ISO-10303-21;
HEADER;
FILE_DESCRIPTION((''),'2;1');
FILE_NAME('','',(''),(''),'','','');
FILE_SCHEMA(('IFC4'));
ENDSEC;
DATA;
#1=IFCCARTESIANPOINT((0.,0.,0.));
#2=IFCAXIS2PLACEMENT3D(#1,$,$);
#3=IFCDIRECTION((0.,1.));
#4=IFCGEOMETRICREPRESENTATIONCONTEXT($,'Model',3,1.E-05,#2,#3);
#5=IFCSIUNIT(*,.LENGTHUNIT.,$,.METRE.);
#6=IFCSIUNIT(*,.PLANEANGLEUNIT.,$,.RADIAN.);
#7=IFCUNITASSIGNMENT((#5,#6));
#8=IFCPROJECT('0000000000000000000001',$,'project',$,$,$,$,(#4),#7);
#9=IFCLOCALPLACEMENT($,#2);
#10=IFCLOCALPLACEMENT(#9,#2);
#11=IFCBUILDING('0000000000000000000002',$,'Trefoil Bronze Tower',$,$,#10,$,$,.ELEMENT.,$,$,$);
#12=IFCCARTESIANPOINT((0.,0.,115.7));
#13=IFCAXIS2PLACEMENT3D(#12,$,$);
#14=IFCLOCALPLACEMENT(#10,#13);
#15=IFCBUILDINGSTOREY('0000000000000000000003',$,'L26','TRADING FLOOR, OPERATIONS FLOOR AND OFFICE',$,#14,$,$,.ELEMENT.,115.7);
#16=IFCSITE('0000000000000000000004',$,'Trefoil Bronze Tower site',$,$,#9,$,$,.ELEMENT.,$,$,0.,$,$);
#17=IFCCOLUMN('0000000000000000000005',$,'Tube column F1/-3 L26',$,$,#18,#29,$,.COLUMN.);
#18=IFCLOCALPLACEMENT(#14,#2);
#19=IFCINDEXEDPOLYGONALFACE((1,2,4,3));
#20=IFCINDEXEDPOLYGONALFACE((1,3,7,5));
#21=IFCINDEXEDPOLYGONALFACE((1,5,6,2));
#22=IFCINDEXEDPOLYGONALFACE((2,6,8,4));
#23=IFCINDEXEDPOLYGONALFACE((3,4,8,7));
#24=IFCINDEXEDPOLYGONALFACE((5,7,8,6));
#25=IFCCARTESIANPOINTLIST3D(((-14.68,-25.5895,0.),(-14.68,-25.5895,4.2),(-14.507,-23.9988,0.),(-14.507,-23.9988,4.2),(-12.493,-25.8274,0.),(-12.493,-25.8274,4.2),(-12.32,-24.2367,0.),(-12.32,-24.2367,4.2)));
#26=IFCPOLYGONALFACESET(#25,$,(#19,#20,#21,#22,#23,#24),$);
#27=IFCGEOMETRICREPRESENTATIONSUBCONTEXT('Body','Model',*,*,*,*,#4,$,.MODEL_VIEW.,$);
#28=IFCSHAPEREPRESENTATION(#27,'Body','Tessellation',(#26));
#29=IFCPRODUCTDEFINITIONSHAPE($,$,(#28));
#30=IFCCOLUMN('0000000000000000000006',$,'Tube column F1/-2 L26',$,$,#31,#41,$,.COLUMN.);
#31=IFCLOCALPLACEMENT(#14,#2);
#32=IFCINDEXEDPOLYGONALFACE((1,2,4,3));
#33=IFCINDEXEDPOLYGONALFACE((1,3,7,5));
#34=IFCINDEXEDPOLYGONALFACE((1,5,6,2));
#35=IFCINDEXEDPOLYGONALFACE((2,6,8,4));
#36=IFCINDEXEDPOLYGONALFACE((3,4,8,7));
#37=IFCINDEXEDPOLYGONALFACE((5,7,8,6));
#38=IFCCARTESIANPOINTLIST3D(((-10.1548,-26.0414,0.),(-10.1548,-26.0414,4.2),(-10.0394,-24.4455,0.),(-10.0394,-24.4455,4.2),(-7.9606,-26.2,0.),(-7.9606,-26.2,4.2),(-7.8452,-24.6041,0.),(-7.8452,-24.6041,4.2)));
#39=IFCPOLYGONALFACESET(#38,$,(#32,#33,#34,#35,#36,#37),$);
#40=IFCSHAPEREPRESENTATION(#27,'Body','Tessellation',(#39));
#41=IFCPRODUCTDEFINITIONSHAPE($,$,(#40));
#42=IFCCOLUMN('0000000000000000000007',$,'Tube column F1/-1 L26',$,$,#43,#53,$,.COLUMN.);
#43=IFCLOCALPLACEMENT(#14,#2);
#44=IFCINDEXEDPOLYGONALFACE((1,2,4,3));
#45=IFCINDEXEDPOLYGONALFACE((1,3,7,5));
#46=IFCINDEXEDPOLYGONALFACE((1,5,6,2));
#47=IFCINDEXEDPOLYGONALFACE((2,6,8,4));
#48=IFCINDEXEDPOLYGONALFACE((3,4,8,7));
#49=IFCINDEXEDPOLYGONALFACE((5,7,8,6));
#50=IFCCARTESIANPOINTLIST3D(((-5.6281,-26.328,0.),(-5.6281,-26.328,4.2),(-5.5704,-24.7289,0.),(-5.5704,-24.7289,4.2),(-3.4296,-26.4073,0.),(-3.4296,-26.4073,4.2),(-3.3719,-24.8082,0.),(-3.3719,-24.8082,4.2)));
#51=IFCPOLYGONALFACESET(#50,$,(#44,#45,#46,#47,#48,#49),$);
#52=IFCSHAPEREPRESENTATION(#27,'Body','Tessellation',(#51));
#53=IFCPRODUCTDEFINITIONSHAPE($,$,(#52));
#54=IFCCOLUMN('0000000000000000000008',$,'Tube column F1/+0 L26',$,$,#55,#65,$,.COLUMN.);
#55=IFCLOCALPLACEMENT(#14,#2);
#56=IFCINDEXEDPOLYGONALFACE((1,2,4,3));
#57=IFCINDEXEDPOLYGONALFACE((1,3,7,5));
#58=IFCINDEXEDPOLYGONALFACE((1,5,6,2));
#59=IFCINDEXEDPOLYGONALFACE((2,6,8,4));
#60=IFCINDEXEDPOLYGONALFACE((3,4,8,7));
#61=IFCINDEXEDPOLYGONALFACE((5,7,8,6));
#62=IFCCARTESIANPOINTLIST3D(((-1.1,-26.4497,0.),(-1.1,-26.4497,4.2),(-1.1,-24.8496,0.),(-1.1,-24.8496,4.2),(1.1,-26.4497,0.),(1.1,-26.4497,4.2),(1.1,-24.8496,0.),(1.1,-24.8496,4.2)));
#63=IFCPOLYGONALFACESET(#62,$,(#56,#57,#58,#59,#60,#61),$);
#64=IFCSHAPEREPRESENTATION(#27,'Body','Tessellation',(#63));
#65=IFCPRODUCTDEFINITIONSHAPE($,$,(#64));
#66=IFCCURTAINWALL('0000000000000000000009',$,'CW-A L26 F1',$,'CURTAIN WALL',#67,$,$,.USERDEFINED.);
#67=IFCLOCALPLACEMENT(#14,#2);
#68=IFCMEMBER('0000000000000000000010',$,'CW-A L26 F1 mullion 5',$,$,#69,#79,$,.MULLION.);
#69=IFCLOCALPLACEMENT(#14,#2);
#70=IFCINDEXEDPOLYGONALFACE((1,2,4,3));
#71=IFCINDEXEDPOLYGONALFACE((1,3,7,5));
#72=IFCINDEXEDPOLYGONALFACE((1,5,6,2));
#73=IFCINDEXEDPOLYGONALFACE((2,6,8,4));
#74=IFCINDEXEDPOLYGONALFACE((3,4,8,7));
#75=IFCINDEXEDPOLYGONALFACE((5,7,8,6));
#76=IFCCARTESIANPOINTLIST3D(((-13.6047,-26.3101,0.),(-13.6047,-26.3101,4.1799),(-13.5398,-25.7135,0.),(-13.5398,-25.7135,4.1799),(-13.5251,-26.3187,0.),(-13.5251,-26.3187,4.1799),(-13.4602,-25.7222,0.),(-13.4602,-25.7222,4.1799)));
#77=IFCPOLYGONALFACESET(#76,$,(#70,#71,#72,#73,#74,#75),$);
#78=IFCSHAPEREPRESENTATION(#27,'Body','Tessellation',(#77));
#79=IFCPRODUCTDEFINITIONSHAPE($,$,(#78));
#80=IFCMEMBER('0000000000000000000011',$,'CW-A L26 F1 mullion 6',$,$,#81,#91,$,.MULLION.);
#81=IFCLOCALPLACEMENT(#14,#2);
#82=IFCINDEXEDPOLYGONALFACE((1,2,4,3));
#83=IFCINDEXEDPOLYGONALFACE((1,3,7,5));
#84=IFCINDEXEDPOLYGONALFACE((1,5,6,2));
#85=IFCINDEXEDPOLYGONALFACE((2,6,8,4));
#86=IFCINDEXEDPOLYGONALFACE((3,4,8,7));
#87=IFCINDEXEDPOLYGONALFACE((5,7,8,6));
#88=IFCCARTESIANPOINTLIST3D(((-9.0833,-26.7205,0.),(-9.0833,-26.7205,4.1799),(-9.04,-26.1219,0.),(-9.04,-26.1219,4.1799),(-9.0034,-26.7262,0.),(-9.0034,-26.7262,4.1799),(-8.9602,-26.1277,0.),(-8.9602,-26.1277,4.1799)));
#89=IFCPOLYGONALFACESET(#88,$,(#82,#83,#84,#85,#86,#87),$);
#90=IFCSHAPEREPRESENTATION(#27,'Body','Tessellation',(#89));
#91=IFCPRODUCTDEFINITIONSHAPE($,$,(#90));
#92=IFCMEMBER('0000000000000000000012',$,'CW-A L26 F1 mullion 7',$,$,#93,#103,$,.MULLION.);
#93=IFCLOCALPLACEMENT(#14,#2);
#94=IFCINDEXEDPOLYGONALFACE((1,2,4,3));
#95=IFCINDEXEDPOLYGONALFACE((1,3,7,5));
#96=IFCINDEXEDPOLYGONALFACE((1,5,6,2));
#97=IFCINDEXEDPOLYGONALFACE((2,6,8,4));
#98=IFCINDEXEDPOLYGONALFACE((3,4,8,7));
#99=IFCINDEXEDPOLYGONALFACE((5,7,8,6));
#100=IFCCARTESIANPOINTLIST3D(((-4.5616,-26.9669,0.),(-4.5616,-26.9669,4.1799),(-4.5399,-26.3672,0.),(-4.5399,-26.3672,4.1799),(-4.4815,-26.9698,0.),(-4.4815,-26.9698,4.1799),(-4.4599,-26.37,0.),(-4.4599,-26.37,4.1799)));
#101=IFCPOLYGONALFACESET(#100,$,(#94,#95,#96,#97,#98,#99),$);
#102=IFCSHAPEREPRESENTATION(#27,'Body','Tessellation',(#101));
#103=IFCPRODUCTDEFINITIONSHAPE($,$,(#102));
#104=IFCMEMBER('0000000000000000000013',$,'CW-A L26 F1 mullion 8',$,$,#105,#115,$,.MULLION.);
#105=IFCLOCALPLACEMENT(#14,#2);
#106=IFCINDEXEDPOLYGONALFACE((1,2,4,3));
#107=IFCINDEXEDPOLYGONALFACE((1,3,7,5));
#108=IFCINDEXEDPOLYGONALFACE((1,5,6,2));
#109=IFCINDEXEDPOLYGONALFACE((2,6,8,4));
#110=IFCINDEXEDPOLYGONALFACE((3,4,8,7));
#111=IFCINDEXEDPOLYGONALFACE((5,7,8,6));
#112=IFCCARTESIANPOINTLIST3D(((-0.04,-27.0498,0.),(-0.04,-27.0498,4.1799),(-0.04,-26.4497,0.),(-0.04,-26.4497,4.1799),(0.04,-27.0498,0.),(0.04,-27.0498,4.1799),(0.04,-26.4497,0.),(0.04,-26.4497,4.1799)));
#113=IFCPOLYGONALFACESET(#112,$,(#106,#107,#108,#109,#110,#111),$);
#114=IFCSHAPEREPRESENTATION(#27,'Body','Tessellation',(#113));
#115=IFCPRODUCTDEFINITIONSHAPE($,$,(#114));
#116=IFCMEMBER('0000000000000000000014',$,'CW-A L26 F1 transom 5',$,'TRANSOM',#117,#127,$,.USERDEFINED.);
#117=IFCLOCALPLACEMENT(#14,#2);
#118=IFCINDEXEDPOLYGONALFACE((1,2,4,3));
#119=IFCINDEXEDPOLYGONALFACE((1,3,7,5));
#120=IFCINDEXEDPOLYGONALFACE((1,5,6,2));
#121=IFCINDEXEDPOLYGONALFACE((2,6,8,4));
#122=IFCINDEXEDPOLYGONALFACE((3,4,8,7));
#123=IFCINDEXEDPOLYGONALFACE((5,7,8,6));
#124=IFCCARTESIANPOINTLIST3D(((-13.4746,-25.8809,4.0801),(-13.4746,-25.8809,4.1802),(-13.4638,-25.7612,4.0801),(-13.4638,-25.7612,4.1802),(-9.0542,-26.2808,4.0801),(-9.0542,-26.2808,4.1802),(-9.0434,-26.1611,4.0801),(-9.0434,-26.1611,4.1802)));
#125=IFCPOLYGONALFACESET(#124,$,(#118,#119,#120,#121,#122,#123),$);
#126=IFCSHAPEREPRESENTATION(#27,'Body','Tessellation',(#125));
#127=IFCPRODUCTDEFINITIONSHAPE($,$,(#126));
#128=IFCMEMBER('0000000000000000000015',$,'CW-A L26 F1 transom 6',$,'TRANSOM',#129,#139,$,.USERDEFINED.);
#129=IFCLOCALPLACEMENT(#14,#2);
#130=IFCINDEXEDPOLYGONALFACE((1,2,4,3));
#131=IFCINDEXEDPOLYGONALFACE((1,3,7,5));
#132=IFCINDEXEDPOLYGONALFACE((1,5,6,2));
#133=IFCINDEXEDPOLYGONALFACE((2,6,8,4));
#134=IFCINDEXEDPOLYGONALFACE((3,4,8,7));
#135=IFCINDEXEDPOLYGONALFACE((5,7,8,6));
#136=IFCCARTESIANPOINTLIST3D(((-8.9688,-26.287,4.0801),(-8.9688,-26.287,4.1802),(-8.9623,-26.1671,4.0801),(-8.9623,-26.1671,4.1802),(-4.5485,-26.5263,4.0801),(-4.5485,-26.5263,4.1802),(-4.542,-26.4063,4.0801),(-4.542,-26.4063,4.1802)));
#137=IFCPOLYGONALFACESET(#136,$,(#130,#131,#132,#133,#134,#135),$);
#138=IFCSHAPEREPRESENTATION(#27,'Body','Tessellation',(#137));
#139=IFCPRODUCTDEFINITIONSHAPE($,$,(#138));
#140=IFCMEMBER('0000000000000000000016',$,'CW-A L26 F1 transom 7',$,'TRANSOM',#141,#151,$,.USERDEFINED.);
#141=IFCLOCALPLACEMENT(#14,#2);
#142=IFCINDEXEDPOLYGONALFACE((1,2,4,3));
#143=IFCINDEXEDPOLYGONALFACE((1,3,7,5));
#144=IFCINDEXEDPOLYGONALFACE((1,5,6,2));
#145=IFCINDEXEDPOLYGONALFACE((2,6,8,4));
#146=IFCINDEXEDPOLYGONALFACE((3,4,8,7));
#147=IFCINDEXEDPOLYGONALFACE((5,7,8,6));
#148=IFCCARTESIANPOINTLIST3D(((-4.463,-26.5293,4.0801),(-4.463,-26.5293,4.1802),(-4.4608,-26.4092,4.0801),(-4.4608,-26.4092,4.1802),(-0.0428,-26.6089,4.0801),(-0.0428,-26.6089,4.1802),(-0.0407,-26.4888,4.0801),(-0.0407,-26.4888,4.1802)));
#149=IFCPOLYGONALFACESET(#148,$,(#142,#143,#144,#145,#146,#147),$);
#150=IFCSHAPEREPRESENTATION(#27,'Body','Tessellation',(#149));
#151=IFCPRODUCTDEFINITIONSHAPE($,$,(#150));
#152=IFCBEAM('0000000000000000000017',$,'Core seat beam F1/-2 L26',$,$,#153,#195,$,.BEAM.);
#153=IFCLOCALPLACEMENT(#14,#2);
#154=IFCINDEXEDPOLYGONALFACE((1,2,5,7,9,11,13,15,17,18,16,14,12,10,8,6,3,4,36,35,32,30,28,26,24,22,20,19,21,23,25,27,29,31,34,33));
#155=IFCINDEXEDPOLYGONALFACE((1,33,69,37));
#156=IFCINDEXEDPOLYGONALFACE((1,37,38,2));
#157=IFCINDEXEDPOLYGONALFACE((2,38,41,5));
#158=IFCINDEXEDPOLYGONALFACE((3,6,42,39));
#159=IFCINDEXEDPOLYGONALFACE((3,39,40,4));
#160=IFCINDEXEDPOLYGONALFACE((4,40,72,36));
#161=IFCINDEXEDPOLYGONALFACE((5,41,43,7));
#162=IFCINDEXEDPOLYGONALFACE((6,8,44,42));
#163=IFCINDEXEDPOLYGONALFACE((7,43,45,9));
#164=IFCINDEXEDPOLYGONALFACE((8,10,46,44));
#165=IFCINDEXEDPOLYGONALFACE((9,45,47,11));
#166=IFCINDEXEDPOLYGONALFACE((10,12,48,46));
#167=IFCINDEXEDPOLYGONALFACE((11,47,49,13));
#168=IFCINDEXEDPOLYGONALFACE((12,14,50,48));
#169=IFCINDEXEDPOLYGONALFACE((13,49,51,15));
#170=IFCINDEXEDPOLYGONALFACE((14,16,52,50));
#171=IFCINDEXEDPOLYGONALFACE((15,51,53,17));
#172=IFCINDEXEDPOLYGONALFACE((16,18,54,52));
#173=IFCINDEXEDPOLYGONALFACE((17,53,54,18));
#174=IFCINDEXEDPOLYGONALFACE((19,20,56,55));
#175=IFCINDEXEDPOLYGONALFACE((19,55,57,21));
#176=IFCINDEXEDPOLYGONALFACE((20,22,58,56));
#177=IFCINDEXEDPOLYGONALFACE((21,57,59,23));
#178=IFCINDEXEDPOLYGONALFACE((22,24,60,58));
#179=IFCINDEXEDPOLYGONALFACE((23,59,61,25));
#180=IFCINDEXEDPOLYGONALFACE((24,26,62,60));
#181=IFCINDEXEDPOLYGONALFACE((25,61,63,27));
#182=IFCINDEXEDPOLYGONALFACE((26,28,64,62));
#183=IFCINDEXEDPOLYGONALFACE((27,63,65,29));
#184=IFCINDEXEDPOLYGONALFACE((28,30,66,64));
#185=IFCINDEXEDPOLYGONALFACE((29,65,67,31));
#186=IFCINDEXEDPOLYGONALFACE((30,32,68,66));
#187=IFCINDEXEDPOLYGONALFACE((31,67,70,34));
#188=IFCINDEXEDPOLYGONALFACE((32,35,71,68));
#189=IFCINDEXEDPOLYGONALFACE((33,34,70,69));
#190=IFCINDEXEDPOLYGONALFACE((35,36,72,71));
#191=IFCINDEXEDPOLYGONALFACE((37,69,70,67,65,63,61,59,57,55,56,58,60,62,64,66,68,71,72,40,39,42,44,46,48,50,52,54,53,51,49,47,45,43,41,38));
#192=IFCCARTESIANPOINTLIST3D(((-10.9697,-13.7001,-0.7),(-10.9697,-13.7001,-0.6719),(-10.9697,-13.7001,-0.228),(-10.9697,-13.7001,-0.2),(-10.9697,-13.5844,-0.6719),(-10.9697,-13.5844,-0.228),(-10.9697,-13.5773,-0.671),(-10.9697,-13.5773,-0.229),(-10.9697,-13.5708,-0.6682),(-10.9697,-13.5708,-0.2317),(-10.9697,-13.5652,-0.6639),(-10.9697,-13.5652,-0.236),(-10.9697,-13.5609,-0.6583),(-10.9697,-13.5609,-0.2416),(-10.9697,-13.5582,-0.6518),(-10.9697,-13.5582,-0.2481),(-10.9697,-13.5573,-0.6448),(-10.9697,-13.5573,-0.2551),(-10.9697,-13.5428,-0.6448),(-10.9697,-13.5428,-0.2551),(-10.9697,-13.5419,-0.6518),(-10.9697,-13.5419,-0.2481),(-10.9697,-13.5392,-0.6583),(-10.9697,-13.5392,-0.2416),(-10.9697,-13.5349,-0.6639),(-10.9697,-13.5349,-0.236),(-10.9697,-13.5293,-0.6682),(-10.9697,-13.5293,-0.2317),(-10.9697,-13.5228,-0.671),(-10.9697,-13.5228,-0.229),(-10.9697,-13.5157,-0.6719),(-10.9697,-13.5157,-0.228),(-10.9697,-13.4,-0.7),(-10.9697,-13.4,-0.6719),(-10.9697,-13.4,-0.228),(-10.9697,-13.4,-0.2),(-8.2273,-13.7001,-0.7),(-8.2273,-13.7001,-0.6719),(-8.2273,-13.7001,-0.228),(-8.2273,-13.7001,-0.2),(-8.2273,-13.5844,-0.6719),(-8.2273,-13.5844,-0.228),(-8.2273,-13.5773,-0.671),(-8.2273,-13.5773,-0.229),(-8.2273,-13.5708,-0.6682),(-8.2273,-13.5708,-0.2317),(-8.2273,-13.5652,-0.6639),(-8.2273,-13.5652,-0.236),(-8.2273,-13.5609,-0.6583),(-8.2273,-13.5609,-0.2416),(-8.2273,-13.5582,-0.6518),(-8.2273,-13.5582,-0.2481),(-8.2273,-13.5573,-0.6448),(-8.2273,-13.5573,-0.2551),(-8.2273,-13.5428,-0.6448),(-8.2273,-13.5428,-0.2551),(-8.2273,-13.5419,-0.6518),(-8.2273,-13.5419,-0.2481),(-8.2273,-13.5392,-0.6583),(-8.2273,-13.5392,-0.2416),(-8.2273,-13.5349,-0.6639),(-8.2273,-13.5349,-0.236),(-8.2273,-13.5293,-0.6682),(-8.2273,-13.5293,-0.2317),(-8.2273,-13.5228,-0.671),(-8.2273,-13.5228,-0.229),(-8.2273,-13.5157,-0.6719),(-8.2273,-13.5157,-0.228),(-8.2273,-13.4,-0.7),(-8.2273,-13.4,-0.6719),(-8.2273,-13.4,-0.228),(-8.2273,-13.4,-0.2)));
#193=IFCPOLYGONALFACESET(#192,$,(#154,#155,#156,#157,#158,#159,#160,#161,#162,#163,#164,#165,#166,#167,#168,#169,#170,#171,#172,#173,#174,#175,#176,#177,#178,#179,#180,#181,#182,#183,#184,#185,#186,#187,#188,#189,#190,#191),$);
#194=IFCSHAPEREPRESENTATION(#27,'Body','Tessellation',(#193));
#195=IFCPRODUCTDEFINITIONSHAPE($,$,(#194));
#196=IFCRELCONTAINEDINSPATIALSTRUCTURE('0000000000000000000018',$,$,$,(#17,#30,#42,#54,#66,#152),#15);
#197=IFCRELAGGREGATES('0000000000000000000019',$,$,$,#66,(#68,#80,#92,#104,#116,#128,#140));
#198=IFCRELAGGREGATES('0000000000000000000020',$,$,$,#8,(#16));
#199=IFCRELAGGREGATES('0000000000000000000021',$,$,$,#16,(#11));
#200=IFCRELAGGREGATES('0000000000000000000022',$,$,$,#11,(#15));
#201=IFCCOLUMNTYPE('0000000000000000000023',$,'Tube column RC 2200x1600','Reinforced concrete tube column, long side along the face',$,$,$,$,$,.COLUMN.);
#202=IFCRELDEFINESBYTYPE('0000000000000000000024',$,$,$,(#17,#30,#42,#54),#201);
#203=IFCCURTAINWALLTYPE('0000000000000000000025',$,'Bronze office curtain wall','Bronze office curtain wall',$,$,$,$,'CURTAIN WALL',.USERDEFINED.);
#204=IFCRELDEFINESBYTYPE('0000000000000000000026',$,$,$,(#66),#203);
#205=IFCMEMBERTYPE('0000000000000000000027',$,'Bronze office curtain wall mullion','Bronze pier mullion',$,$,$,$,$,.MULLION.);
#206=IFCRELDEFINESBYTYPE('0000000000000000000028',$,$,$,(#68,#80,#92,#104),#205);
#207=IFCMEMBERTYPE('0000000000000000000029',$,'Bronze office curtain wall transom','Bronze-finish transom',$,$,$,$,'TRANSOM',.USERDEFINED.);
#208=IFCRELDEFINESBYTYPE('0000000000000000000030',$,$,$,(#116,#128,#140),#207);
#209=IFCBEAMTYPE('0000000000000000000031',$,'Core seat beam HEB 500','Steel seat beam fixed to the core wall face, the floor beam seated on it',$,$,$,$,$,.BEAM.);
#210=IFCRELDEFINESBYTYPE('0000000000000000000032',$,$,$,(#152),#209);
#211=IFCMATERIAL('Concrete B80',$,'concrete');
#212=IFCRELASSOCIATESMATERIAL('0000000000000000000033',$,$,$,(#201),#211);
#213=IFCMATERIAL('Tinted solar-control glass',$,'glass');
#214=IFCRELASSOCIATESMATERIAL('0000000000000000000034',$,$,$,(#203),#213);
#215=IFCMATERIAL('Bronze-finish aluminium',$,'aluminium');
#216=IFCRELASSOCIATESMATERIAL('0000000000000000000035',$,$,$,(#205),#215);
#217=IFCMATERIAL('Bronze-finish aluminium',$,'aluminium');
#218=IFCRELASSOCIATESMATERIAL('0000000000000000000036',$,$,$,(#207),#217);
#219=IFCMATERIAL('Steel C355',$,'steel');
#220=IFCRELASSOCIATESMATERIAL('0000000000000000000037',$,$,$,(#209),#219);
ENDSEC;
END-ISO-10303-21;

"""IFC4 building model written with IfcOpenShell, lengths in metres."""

from ifc_helpers import new_model, si_unit, direction, frame, origin, origin_2d, place, context, subcontext, project, spatial, rectangle, i_section, extrude, material, material_profile, profile_set, type_object, element, aggregate, save


model = new_model("IFC4")

# Units and contexts
model_context = context("Model", 3, precision=1e-05, world=origin(), true_north=direction((0.0, 1.0)))
body_context = subcontext(model_context, "Body", "Model", "MODEL_VIEW")
ifc_project = project(units=[si_unit("LENGTHUNIT", "METRE"), si_unit("PLANEANGLEUNIT", "RADIAN")], contexts=[model_context])

# Site, building, storey
site_placement = place(None, origin())
site = spatial("IfcSite", under=ifc_project, at=site_placement, Name="Trefoil Bronze Tower site", CompositionType="ELEMENT", RefElevation=0.0)
building_placement = place(site_placement, origin())
building = spatial("IfcBuilding", under=site, at=building_placement, Name="Trefoil Bronze Tower", CompositionType="ELEMENT")
storey_placement = place(building_placement, frame((0.0, 0.0, 115.7)))
storey = spatial("IfcBuildingStorey", under=building, at=storey_placement, Name="L26", Description="TRADING FLOOR, OPERATIONS FLOOR AND OFFICE", CompositionType="ELEMENT", Elevation=115.7)

# Columns
ifc_material_1 = material(Name="Concrete B80", Category="concrete")
ifc_material_profile_1 = material_profile(ifc_material_1, rectangle(XDim=2.2, YDim=1.6001, at=origin_2d()), Name="RC 2200x1600")
ifc_profile_set_1 = profile_set([ifc_material_profile_1], Name="Concrete B80")
column_type = type_object("IfcColumnType", Name="Tube column RC 2200x1600", Description="Reinforced concrete tube column, long side along the face", PredefinedType="COLUMN", material=ifc_profile_set_1)
for number, where, z_axis, x_axis, name in (
    (1, (-13.5, -24.9131, 0.0), (0.0, 0.0, 1.0), (0.994135, -0.108144, 0.0), "Tube column F1/-3 L26"),
    (2, (-9.0, -25.3228, 0.0), (0.0, 0.0, 1.0), (0.997398, -0.072096, 0.0), "Tube column F1/-2 L26"),
    (3, (-4.5, -25.5681, 0.0), (0.0, 0.0, 1.0), (0.99935, -0.036048, 0.0), "Tube column F1/-1 L26"),
    (4, (0.0, -25.6497, 0.0), (0.0, 0.0, 1.0), (1.0, 0.0, 0.0), "Tube column F1/+0 L26"),
):
    element("IfcColumn", number, at=place(storey_placement, frame(where, z_axis=z_axis, x_axis=x_axis)), inside=storey, type_object=column_type, Name=name, PredefinedType="COLUMN", context=body_context, shape_type="SweptSolid", body=[
        extrude(rectangle(XDim=2.2, YDim=1.6001, at=origin_2d()), origin(), (0.0, 0.0, 1.0), 4.2),
    ])

# Curtain wall, members
ifc_material_2 = material(Name="Tinted solar-control glass", Category="glass")
curtain_wall_type = type_object("IfcCurtainWallType", Name="Bronze office curtain wall", Description="Bronze office curtain wall", ElementType="CURTAIN WALL", PredefinedType="USERDEFINED", material=ifc_material_2)
curtain_wall_placement = place(storey_placement, origin())
curtain_wall = element("IfcCurtainWall", 5, at=curtain_wall_placement, inside=storey, type_object=curtain_wall_type, Name="CW-A L26 F1", ObjectType="CURTAIN WALL", PredefinedType="USERDEFINED")
ifc_material_3 = material(Name="Bronze-finish aluminium", Category="aluminium")
ifc_material_profile_2 = material_profile(ifc_material_3, rectangle(XDim=0.6001, YDim=0.0801, at=origin_2d()), Name="CW-A mullion")
ifc_profile_set_2 = profile_set([ifc_material_profile_2], Name="Bronze-finish aluminium")
member_type_1 = type_object("IfcMemberType", Name="Bronze office curtain wall mullion", Description="Bronze pier mullion", PredefinedType="MULLION", material=ifc_profile_set_2)
member_1_placement = place(storey_placement, frame((-13.5325, -26.0161, 0.0), z_axis=(0.0, 0.0, 1.0), x_axis=(0.108144, 0.994135, 0.0)))
member_1 = element("IfcMember", 6, at=member_1_placement, type_object=member_type_1, Name="CW-A L26 F1 mullion 5", PredefinedType="MULLION", context=body_context, shape_type="SweptSolid", body=[
    extrude(rectangle(XDim=0.6001, YDim=0.0801, at=origin_2d()), origin(), (0.0, 0.0, 1.0), 4.1799),
])
member_2_placement = place(storey_placement, frame((-9.0217, -26.4241, 0.0), z_axis=(0.0, 0.0, 1.0), x_axis=(0.072096, 0.997398, 0.0)))
member_2 = element("IfcMember", 7, at=member_2_placement, type_object=member_type_1, Name="CW-A L26 F1 mullion 6", PredefinedType="MULLION", context=body_context, shape_type="SweptSolid", body=[
    extrude(rectangle(XDim=0.6001, YDim=0.0801, at=origin_2d()), origin(), (0.0, 0.0, 1.0), 4.1799),
])
member_3_placement = place(storey_placement, frame((-4.5107, -26.6685, 0.0), z_axis=(0.0, 0.0, 1.0), x_axis=(0.036048, 0.99935, 0.0)))
member_3 = element("IfcMember", 8, at=member_3_placement, type_object=member_type_1, Name="CW-A L26 F1 mullion 7", PredefinedType="MULLION", context=body_context, shape_type="SweptSolid", body=[
    extrude(rectangle(XDim=0.6001, YDim=0.0801, at=origin_2d()), origin(), (0.0, 0.0, 1.0), 4.1799),
])
member_4_placement = place(storey_placement, frame((0.0, -26.7498, 0.0), z_axis=(0.0, 0.0, 1.0), x_axis=(0.0, 1.0, 0.0)))
member_4 = element("IfcMember", 9, at=member_4_placement, type_object=member_type_1, Name="CW-A L26 F1 mullion 8", PredefinedType="MULLION", context=body_context, shape_type="SweptSolid", body=[
    extrude(rectangle(XDim=0.6001, YDim=0.0801, at=origin_2d()), origin(), (0.0, 0.0, 1.0), 4.1799),
])
ifc_material_4 = material(Name="Bronze-finish aluminium", Category="aluminium")
ifc_material_profile_3 = material_profile(ifc_material_4, rectangle(XDim=0.1201, YDim=0.1001, at=origin_2d()), Name="CW-A transom")
ifc_profile_set_3 = profile_set([ifc_material_profile_3], Name="Bronze-finish aluminium")
member_type_2 = type_object("IfcMemberType", Name="Bronze office curtain wall transom", Description="Bronze-finish transom", ElementType="TRANSOM", PredefinedType="USERDEFINED", material=ifc_profile_set_3)
member_5_placement = place(storey_placement, frame((-13.4692, -25.821, 4.1301), z_axis=(0.995933, -0.090099, 0.0), x_axis=(0.090099, 0.995933, 0.0)))
member_5 = element("IfcMember", 10, at=member_5_placement, type_object=member_type_2, Name="CW-A L26 F1 transom 5", ObjectType="TRANSOM", PredefinedType="USERDEFINED", context=body_context, shape_type="SweptSolid", body=[
    extrude(rectangle(XDim=0.1201, YDim=0.1001, at=origin_2d()), origin(), (0.0, 0.0, 1.0), 4.4385),
])
member_6_placement = place(storey_placement, frame((-8.9656, -26.2271, 4.1301), z_axis=(0.998538, -0.05405, 0.0), x_axis=(0.05405, 0.998538, 0.0)))
member_6 = element("IfcMember", 11, at=member_6_placement, type_object=member_type_2, Name="CW-A L26 F1 transom 6", ObjectType="TRANSOM", PredefinedType="USERDEFINED", context=body_context, shape_type="SweptSolid", body=[
    extrude(rectangle(XDim=0.1201, YDim=0.1001, at=origin_2d()), origin(), (0.0, 0.0, 1.0), 4.4268),
])
member_7_placement = place(storey_placement, frame((-4.4619, -26.4692, 4.1301), z_axis=(0.999838, -0.018003, 0.0), x_axis=(0.018003, 0.999838, 0.0)))
member_7 = element("IfcMember", 12, at=member_7_placement, type_object=member_type_2, Name="CW-A L26 F1 transom 7", ObjectType="TRANSOM", PredefinedType="USERDEFINED", context=body_context, shape_type="SweptSolid", body=[
    extrude(rectangle(XDim=0.1201, YDim=0.1001, at=origin_2d()), origin(), (0.0, 0.0, 1.0), 4.4209),
])

# Beam
ifc_material_5 = material(Name="Steel C355", Category="steel")
ifc_material_profile_4 = material_profile(ifc_material_5, i_section(OverallWidth=0.3, OverallDepth=0.5, WebThickness=0.0144, FlangeThickness=0.0281, FilletRadius=0.0271, at=origin_2d()), Name="HEB 500")
ifc_profile_set_4 = profile_set([ifc_material_profile_4], Name="Steel C355")
beam_type_1 = type_object("IfcBeamType", Name="Core seat beam HEB 500", Description="Steel seat beam fixed to the core wall face, the floor beam seated on it", PredefinedType="BEAM", material=ifc_profile_set_4)
for number, where, z_axis, x_axis, name in (
    (13, (-10.9697, -13.55, -0.45), (1.0, 0.0, 0.0), (0.0, 1.0, 0.0), "Core seat beam F1/-2 L26"),
):
    element("IfcBeam", number, at=place(storey_placement, frame(where, z_axis=z_axis, x_axis=x_axis)), inside=storey, type_object=beam_type_1, Name=name, PredefinedType="BEAM", context=body_context, shape_type="SweptSolid", body=[
        extrude(i_section(OverallWidth=0.3, OverallDepth=0.5, WebThickness=0.0144, FlangeThickness=0.0281, FilletRadius=0.0271, at=origin_2d()), origin(), (0.0, 0.0, 1.0), 2.7424),
    ])

aggregate(curtain_wall, [member_1, member_2, member_3, member_4, member_5, member_6, member_7])

save(model, "model.ifc")
